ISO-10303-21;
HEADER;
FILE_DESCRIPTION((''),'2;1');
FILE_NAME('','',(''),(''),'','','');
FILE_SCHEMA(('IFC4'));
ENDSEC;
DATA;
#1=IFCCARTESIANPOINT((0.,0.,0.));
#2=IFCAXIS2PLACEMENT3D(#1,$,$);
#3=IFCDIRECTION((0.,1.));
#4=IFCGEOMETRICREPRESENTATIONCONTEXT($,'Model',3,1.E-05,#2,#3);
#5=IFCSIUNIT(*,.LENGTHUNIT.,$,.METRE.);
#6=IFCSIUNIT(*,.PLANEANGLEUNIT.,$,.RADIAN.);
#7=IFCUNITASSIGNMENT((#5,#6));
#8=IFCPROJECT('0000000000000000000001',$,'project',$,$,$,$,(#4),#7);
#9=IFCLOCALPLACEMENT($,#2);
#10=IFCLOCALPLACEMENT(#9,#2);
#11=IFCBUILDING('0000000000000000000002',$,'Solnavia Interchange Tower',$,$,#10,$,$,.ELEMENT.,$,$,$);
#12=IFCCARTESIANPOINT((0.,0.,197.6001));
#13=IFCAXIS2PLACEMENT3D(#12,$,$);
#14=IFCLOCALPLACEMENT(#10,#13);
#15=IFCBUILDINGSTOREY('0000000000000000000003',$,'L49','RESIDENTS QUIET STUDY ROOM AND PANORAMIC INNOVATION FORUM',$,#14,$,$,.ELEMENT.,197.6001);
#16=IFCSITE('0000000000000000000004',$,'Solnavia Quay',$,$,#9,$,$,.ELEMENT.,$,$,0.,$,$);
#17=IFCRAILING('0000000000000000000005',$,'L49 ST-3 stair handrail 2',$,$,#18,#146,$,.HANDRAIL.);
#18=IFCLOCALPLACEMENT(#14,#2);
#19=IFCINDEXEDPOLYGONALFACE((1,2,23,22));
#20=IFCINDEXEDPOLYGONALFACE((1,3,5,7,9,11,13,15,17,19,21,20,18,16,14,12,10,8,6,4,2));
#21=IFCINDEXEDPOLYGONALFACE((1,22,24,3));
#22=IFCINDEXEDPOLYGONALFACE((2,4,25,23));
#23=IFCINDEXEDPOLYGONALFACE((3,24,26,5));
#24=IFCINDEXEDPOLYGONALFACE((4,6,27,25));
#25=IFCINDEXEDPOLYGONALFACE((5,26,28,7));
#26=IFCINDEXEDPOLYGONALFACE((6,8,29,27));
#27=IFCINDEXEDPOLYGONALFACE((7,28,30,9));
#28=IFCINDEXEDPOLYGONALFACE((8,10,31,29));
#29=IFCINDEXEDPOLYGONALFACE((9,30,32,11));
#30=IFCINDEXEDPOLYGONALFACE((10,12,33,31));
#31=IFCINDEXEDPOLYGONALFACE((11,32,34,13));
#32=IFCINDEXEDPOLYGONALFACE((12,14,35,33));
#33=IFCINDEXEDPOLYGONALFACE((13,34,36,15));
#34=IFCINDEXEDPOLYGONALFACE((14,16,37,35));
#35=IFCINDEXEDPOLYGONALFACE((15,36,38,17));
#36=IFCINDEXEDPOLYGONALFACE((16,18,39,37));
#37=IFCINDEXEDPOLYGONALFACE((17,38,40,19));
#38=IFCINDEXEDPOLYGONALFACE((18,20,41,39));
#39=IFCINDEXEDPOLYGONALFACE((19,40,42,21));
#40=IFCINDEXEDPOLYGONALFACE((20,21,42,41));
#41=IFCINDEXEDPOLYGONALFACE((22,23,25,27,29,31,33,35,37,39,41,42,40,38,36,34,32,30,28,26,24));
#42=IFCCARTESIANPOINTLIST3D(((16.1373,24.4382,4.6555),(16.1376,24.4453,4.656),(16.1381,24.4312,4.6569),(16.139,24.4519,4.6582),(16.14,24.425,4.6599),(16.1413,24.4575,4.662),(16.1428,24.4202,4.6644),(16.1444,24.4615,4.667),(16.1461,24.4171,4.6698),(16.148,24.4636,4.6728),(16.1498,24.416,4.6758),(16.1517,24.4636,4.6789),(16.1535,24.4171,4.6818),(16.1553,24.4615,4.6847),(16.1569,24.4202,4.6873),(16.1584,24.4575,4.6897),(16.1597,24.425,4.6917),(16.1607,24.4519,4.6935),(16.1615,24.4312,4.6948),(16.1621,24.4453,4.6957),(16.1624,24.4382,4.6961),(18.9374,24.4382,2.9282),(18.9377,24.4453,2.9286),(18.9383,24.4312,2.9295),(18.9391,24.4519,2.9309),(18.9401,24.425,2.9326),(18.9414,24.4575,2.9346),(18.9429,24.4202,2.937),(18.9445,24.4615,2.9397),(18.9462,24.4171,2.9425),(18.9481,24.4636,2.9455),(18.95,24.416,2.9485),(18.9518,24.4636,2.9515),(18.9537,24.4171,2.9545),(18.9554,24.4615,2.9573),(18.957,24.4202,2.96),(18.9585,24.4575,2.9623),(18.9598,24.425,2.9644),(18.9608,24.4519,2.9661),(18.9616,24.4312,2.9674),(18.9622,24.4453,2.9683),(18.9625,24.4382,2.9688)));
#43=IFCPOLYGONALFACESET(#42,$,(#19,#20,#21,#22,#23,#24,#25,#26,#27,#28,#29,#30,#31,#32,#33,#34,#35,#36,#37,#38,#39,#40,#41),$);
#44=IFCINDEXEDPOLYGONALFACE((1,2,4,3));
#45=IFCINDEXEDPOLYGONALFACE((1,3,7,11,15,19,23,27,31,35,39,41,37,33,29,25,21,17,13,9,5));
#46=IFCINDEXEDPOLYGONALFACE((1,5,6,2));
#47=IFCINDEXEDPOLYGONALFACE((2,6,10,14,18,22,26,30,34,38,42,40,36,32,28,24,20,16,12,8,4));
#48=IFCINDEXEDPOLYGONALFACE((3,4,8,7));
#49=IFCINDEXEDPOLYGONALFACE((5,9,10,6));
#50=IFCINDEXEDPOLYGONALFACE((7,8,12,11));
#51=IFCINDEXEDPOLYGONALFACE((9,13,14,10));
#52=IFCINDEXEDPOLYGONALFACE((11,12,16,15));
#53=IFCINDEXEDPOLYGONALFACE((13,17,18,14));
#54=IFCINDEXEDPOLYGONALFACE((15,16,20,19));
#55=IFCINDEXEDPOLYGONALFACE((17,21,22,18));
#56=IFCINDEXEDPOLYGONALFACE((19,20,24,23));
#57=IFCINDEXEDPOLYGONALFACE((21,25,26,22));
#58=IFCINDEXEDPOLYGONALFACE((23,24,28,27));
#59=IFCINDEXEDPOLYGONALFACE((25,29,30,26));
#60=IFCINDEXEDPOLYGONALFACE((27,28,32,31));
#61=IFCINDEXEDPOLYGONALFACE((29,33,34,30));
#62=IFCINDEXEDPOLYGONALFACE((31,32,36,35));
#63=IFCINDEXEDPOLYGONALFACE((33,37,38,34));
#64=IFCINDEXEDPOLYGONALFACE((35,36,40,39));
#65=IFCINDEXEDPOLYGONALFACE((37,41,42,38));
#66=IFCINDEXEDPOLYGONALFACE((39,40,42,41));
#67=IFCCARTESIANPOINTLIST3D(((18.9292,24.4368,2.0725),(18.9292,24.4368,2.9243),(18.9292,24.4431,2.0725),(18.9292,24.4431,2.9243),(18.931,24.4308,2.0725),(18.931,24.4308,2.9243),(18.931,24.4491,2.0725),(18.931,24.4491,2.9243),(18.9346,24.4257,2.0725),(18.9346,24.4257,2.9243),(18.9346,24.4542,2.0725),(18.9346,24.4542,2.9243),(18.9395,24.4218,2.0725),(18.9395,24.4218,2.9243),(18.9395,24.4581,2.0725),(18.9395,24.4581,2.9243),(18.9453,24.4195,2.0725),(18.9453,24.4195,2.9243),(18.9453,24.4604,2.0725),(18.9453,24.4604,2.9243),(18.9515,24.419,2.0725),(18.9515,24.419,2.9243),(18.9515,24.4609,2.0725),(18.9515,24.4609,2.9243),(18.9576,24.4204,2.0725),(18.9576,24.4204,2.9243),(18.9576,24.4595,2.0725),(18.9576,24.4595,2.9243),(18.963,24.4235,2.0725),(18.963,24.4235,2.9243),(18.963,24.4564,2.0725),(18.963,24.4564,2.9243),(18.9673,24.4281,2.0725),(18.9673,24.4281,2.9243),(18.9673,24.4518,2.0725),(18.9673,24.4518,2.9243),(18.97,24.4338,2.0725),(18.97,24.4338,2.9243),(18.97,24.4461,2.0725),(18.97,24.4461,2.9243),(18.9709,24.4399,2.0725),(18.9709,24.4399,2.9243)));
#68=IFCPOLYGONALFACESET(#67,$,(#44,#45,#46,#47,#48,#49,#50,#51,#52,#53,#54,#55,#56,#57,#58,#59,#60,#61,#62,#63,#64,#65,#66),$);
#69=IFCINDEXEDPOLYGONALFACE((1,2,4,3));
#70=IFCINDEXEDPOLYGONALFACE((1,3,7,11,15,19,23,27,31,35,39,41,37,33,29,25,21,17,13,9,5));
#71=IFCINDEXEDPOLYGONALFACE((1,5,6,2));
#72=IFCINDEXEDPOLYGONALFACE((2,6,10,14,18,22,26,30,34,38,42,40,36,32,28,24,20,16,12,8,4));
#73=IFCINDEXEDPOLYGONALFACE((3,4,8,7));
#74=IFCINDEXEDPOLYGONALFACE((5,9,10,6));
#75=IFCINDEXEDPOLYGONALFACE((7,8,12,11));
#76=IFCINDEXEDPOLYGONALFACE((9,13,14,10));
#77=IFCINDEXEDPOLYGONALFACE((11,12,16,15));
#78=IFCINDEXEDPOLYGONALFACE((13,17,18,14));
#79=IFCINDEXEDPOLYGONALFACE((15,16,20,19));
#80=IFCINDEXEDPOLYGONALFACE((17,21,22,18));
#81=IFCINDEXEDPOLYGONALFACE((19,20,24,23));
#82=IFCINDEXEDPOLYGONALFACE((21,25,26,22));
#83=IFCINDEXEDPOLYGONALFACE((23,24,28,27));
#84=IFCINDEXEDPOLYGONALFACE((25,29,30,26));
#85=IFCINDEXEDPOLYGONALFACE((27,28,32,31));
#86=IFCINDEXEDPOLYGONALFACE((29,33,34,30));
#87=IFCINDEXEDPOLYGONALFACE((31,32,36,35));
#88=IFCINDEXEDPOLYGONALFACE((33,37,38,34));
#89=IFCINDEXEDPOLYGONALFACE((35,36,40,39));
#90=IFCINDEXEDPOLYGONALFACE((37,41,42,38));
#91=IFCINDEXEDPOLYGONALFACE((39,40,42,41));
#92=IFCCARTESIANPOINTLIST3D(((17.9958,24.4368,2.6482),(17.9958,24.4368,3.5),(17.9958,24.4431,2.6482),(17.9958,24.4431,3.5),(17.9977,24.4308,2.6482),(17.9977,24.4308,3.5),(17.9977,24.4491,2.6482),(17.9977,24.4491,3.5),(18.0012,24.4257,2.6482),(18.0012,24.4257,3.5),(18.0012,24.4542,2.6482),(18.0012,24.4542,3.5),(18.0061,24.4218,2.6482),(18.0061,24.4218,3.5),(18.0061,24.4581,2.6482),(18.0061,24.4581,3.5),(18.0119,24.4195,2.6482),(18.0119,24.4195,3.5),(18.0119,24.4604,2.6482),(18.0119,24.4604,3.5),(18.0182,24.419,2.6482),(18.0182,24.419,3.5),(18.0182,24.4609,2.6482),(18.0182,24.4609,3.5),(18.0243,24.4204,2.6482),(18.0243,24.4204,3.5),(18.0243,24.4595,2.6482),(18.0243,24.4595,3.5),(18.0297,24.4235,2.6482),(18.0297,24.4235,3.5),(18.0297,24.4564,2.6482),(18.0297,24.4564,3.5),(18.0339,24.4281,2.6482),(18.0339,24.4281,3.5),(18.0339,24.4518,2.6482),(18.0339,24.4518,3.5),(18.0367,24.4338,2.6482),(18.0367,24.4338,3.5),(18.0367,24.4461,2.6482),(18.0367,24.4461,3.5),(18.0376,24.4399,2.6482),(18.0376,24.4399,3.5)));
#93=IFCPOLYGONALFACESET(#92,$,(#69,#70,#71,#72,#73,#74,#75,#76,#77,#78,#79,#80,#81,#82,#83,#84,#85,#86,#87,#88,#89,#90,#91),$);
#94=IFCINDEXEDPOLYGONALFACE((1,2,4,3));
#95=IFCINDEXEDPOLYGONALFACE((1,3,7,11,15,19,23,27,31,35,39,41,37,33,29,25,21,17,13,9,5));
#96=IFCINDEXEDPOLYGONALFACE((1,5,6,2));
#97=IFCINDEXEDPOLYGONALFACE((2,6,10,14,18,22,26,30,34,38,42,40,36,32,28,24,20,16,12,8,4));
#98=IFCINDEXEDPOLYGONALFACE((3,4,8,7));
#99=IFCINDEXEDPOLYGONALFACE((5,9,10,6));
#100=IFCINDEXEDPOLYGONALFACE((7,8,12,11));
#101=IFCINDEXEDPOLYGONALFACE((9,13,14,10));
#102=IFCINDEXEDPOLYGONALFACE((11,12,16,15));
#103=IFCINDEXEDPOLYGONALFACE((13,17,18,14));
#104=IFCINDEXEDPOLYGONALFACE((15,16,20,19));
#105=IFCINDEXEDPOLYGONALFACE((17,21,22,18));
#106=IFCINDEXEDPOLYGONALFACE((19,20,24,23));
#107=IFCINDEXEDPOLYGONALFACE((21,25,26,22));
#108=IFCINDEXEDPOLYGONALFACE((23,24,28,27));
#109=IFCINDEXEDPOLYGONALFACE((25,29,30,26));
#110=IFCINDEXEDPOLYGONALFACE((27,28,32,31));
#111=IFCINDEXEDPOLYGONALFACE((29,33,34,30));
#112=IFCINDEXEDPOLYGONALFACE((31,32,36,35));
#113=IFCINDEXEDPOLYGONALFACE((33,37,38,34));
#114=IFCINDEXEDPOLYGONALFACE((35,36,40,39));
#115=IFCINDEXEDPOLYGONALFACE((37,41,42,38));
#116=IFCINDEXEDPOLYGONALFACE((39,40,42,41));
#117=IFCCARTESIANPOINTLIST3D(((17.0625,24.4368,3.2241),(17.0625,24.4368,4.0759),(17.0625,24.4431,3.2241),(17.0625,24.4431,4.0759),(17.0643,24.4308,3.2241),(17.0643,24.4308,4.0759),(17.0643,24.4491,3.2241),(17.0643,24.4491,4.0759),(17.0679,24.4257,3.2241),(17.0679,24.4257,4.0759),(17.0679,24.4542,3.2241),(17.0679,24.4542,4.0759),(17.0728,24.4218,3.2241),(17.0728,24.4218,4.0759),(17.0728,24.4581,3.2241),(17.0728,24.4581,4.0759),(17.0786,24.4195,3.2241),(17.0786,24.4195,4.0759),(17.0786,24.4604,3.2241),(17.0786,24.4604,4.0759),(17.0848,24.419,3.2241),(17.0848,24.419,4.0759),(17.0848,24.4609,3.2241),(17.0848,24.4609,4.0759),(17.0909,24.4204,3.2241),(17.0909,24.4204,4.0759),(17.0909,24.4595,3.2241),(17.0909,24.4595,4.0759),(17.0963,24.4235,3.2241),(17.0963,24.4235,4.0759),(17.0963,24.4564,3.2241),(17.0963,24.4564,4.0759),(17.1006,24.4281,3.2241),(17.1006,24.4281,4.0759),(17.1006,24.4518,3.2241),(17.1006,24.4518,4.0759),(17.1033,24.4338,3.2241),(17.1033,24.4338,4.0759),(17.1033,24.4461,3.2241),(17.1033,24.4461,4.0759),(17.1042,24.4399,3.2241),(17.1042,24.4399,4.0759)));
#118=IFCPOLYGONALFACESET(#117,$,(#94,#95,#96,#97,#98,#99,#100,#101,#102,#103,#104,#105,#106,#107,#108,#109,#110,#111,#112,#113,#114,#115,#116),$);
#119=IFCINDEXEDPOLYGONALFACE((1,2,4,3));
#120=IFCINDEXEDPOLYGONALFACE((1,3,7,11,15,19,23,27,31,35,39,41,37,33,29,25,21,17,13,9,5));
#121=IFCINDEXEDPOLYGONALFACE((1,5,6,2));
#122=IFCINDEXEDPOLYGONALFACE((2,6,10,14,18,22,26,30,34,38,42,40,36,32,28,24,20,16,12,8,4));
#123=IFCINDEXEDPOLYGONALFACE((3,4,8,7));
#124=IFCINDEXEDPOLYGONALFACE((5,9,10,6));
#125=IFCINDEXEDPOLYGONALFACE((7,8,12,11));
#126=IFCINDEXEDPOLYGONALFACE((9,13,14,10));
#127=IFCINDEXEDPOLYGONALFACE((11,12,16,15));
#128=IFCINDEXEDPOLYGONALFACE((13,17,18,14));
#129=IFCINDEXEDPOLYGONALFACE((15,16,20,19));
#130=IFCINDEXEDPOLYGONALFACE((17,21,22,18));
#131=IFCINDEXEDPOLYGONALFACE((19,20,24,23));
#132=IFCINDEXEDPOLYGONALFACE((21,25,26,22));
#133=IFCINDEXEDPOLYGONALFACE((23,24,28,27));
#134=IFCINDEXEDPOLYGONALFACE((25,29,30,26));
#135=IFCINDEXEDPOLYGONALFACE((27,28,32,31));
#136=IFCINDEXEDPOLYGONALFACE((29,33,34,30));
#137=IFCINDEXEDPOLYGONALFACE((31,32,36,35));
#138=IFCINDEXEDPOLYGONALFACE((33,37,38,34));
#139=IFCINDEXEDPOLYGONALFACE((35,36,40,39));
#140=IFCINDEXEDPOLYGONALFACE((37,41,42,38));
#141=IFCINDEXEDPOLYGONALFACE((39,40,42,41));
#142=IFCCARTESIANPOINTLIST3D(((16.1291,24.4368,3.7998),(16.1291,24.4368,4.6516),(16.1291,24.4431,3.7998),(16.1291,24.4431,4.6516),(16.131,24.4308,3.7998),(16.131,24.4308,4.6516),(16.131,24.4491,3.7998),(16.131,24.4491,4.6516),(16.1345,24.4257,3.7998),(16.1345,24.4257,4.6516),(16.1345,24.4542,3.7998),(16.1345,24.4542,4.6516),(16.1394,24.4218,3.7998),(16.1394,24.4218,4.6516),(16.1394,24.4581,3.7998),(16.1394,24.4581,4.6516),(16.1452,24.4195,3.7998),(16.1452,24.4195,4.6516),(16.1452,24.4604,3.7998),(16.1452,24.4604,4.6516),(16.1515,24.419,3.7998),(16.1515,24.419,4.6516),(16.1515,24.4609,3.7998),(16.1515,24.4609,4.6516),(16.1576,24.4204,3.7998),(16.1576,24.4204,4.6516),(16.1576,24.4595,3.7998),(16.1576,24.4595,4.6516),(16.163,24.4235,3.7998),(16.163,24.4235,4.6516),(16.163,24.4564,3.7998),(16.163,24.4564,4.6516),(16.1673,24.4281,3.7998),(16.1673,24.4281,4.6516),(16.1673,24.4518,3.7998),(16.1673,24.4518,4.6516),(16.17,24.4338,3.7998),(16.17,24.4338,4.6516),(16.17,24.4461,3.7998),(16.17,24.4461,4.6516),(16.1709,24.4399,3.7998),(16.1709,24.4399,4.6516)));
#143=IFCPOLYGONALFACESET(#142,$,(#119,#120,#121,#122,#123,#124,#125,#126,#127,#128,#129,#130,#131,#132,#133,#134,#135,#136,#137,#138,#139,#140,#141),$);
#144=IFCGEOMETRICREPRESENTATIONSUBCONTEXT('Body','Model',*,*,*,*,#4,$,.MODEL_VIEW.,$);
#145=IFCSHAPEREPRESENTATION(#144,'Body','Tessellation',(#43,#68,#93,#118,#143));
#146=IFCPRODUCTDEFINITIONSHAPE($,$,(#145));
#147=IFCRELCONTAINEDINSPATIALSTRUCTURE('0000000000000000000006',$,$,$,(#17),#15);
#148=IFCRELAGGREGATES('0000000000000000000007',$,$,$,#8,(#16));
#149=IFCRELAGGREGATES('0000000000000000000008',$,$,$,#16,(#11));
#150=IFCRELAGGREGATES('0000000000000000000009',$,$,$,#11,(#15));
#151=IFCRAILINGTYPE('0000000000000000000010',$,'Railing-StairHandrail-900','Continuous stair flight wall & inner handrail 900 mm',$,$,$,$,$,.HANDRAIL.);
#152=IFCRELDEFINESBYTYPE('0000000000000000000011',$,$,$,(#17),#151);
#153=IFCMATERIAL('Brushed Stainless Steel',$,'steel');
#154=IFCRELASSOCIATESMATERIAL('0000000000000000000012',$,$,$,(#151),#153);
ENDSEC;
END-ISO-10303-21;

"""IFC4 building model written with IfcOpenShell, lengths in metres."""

from ifc_helpers import new_model, si_unit, direction, frame, origin, origin_2d, place, context, subcontext, project, spatial, circle, extrude, material, type_object, element, save


model = new_model("IFC4")

# Units and contexts
model_context = context("Model", 3, precision=1e-05, world=origin(), true_north=direction((0.0, 1.0)))
body_context = subcontext(model_context, "Body", "Model", "MODEL_VIEW")
ifc_project = project(units=[si_unit("LENGTHUNIT", "METRE"), si_unit("PLANEANGLEUNIT", "RADIAN")], contexts=[model_context])

# Site, building, storey
site_placement = place(None, origin())
site = spatial("IfcSite", under=ifc_project, at=site_placement, Name="Solnavia Quay", CompositionType="ELEMENT", RefElevation=0.0)
building_placement = place(site_placement, origin())
building = spatial("IfcBuilding", under=site, at=building_placement, Name="Solnavia Interchange Tower", CompositionType="ELEMENT")
storey_placement = place(building_placement, frame((0.0, 0.0, 197.6001)))
storey = spatial("IfcBuildingStorey", under=building, at=storey_placement, Name="L49", Description="RESIDENTS QUIET STUDY ROOM AND PANORAMIC INNOVATION FORUM", CompositionType="ELEMENT", Elevation=197.6001)

# Railing
ifc_material_1 = material(Name="Brushed Stainless Steel", Category="steel")
railing_type_1 = type_object("IfcRailingType", Name="Railing-StairHandrail-900", Description="Continuous stair flight wall & inner handrail 900 mm", PredefinedType="HANDRAIL", material=ifc_material_1)
railing_1_placement = place(storey_placement, frame((18.95, 24.4399, 2.0725)))
element("IfcRailing", 1, at=railing_1_placement, inside=storey, type_object=railing_type_1, Name="L49 ST-3 stair handrail 2", PredefinedType="HANDRAIL", context=body_context, shape_type="SweptSolid", body=[
    extrude(circle(Radius=0.0239, at=origin_2d()), frame((0.0, 0.0, 0.876), z_axis=(-0.85109, 0.0, 0.52502), x_axis=(0.0, -1.0, 0.0)), (0.0, 0.0, 1.0), 3.29),
    extrude(circle(Radius=0.021, at=origin_2d()), origin(), (0.0, 0.0, 1.0), 0.8518),
    extrude(circle(Radius=0.021, at=origin_2d()), frame((-0.9333, 0.0, 0.5757)), (0.0, 0.0, 1.0), 0.8518),
    extrude(circle(Radius=0.021, at=origin_2d()), frame((-1.8667, 0.0, 1.1516)), (0.0, 0.0, 1.0), 0.8518),
    extrude(circle(Radius=0.021, at=origin_2d()), frame((-2.8, 0.0, 1.7273)), (0.0, 0.0, 1.0), 0.8518),
])

save(model, "model.ifc")
